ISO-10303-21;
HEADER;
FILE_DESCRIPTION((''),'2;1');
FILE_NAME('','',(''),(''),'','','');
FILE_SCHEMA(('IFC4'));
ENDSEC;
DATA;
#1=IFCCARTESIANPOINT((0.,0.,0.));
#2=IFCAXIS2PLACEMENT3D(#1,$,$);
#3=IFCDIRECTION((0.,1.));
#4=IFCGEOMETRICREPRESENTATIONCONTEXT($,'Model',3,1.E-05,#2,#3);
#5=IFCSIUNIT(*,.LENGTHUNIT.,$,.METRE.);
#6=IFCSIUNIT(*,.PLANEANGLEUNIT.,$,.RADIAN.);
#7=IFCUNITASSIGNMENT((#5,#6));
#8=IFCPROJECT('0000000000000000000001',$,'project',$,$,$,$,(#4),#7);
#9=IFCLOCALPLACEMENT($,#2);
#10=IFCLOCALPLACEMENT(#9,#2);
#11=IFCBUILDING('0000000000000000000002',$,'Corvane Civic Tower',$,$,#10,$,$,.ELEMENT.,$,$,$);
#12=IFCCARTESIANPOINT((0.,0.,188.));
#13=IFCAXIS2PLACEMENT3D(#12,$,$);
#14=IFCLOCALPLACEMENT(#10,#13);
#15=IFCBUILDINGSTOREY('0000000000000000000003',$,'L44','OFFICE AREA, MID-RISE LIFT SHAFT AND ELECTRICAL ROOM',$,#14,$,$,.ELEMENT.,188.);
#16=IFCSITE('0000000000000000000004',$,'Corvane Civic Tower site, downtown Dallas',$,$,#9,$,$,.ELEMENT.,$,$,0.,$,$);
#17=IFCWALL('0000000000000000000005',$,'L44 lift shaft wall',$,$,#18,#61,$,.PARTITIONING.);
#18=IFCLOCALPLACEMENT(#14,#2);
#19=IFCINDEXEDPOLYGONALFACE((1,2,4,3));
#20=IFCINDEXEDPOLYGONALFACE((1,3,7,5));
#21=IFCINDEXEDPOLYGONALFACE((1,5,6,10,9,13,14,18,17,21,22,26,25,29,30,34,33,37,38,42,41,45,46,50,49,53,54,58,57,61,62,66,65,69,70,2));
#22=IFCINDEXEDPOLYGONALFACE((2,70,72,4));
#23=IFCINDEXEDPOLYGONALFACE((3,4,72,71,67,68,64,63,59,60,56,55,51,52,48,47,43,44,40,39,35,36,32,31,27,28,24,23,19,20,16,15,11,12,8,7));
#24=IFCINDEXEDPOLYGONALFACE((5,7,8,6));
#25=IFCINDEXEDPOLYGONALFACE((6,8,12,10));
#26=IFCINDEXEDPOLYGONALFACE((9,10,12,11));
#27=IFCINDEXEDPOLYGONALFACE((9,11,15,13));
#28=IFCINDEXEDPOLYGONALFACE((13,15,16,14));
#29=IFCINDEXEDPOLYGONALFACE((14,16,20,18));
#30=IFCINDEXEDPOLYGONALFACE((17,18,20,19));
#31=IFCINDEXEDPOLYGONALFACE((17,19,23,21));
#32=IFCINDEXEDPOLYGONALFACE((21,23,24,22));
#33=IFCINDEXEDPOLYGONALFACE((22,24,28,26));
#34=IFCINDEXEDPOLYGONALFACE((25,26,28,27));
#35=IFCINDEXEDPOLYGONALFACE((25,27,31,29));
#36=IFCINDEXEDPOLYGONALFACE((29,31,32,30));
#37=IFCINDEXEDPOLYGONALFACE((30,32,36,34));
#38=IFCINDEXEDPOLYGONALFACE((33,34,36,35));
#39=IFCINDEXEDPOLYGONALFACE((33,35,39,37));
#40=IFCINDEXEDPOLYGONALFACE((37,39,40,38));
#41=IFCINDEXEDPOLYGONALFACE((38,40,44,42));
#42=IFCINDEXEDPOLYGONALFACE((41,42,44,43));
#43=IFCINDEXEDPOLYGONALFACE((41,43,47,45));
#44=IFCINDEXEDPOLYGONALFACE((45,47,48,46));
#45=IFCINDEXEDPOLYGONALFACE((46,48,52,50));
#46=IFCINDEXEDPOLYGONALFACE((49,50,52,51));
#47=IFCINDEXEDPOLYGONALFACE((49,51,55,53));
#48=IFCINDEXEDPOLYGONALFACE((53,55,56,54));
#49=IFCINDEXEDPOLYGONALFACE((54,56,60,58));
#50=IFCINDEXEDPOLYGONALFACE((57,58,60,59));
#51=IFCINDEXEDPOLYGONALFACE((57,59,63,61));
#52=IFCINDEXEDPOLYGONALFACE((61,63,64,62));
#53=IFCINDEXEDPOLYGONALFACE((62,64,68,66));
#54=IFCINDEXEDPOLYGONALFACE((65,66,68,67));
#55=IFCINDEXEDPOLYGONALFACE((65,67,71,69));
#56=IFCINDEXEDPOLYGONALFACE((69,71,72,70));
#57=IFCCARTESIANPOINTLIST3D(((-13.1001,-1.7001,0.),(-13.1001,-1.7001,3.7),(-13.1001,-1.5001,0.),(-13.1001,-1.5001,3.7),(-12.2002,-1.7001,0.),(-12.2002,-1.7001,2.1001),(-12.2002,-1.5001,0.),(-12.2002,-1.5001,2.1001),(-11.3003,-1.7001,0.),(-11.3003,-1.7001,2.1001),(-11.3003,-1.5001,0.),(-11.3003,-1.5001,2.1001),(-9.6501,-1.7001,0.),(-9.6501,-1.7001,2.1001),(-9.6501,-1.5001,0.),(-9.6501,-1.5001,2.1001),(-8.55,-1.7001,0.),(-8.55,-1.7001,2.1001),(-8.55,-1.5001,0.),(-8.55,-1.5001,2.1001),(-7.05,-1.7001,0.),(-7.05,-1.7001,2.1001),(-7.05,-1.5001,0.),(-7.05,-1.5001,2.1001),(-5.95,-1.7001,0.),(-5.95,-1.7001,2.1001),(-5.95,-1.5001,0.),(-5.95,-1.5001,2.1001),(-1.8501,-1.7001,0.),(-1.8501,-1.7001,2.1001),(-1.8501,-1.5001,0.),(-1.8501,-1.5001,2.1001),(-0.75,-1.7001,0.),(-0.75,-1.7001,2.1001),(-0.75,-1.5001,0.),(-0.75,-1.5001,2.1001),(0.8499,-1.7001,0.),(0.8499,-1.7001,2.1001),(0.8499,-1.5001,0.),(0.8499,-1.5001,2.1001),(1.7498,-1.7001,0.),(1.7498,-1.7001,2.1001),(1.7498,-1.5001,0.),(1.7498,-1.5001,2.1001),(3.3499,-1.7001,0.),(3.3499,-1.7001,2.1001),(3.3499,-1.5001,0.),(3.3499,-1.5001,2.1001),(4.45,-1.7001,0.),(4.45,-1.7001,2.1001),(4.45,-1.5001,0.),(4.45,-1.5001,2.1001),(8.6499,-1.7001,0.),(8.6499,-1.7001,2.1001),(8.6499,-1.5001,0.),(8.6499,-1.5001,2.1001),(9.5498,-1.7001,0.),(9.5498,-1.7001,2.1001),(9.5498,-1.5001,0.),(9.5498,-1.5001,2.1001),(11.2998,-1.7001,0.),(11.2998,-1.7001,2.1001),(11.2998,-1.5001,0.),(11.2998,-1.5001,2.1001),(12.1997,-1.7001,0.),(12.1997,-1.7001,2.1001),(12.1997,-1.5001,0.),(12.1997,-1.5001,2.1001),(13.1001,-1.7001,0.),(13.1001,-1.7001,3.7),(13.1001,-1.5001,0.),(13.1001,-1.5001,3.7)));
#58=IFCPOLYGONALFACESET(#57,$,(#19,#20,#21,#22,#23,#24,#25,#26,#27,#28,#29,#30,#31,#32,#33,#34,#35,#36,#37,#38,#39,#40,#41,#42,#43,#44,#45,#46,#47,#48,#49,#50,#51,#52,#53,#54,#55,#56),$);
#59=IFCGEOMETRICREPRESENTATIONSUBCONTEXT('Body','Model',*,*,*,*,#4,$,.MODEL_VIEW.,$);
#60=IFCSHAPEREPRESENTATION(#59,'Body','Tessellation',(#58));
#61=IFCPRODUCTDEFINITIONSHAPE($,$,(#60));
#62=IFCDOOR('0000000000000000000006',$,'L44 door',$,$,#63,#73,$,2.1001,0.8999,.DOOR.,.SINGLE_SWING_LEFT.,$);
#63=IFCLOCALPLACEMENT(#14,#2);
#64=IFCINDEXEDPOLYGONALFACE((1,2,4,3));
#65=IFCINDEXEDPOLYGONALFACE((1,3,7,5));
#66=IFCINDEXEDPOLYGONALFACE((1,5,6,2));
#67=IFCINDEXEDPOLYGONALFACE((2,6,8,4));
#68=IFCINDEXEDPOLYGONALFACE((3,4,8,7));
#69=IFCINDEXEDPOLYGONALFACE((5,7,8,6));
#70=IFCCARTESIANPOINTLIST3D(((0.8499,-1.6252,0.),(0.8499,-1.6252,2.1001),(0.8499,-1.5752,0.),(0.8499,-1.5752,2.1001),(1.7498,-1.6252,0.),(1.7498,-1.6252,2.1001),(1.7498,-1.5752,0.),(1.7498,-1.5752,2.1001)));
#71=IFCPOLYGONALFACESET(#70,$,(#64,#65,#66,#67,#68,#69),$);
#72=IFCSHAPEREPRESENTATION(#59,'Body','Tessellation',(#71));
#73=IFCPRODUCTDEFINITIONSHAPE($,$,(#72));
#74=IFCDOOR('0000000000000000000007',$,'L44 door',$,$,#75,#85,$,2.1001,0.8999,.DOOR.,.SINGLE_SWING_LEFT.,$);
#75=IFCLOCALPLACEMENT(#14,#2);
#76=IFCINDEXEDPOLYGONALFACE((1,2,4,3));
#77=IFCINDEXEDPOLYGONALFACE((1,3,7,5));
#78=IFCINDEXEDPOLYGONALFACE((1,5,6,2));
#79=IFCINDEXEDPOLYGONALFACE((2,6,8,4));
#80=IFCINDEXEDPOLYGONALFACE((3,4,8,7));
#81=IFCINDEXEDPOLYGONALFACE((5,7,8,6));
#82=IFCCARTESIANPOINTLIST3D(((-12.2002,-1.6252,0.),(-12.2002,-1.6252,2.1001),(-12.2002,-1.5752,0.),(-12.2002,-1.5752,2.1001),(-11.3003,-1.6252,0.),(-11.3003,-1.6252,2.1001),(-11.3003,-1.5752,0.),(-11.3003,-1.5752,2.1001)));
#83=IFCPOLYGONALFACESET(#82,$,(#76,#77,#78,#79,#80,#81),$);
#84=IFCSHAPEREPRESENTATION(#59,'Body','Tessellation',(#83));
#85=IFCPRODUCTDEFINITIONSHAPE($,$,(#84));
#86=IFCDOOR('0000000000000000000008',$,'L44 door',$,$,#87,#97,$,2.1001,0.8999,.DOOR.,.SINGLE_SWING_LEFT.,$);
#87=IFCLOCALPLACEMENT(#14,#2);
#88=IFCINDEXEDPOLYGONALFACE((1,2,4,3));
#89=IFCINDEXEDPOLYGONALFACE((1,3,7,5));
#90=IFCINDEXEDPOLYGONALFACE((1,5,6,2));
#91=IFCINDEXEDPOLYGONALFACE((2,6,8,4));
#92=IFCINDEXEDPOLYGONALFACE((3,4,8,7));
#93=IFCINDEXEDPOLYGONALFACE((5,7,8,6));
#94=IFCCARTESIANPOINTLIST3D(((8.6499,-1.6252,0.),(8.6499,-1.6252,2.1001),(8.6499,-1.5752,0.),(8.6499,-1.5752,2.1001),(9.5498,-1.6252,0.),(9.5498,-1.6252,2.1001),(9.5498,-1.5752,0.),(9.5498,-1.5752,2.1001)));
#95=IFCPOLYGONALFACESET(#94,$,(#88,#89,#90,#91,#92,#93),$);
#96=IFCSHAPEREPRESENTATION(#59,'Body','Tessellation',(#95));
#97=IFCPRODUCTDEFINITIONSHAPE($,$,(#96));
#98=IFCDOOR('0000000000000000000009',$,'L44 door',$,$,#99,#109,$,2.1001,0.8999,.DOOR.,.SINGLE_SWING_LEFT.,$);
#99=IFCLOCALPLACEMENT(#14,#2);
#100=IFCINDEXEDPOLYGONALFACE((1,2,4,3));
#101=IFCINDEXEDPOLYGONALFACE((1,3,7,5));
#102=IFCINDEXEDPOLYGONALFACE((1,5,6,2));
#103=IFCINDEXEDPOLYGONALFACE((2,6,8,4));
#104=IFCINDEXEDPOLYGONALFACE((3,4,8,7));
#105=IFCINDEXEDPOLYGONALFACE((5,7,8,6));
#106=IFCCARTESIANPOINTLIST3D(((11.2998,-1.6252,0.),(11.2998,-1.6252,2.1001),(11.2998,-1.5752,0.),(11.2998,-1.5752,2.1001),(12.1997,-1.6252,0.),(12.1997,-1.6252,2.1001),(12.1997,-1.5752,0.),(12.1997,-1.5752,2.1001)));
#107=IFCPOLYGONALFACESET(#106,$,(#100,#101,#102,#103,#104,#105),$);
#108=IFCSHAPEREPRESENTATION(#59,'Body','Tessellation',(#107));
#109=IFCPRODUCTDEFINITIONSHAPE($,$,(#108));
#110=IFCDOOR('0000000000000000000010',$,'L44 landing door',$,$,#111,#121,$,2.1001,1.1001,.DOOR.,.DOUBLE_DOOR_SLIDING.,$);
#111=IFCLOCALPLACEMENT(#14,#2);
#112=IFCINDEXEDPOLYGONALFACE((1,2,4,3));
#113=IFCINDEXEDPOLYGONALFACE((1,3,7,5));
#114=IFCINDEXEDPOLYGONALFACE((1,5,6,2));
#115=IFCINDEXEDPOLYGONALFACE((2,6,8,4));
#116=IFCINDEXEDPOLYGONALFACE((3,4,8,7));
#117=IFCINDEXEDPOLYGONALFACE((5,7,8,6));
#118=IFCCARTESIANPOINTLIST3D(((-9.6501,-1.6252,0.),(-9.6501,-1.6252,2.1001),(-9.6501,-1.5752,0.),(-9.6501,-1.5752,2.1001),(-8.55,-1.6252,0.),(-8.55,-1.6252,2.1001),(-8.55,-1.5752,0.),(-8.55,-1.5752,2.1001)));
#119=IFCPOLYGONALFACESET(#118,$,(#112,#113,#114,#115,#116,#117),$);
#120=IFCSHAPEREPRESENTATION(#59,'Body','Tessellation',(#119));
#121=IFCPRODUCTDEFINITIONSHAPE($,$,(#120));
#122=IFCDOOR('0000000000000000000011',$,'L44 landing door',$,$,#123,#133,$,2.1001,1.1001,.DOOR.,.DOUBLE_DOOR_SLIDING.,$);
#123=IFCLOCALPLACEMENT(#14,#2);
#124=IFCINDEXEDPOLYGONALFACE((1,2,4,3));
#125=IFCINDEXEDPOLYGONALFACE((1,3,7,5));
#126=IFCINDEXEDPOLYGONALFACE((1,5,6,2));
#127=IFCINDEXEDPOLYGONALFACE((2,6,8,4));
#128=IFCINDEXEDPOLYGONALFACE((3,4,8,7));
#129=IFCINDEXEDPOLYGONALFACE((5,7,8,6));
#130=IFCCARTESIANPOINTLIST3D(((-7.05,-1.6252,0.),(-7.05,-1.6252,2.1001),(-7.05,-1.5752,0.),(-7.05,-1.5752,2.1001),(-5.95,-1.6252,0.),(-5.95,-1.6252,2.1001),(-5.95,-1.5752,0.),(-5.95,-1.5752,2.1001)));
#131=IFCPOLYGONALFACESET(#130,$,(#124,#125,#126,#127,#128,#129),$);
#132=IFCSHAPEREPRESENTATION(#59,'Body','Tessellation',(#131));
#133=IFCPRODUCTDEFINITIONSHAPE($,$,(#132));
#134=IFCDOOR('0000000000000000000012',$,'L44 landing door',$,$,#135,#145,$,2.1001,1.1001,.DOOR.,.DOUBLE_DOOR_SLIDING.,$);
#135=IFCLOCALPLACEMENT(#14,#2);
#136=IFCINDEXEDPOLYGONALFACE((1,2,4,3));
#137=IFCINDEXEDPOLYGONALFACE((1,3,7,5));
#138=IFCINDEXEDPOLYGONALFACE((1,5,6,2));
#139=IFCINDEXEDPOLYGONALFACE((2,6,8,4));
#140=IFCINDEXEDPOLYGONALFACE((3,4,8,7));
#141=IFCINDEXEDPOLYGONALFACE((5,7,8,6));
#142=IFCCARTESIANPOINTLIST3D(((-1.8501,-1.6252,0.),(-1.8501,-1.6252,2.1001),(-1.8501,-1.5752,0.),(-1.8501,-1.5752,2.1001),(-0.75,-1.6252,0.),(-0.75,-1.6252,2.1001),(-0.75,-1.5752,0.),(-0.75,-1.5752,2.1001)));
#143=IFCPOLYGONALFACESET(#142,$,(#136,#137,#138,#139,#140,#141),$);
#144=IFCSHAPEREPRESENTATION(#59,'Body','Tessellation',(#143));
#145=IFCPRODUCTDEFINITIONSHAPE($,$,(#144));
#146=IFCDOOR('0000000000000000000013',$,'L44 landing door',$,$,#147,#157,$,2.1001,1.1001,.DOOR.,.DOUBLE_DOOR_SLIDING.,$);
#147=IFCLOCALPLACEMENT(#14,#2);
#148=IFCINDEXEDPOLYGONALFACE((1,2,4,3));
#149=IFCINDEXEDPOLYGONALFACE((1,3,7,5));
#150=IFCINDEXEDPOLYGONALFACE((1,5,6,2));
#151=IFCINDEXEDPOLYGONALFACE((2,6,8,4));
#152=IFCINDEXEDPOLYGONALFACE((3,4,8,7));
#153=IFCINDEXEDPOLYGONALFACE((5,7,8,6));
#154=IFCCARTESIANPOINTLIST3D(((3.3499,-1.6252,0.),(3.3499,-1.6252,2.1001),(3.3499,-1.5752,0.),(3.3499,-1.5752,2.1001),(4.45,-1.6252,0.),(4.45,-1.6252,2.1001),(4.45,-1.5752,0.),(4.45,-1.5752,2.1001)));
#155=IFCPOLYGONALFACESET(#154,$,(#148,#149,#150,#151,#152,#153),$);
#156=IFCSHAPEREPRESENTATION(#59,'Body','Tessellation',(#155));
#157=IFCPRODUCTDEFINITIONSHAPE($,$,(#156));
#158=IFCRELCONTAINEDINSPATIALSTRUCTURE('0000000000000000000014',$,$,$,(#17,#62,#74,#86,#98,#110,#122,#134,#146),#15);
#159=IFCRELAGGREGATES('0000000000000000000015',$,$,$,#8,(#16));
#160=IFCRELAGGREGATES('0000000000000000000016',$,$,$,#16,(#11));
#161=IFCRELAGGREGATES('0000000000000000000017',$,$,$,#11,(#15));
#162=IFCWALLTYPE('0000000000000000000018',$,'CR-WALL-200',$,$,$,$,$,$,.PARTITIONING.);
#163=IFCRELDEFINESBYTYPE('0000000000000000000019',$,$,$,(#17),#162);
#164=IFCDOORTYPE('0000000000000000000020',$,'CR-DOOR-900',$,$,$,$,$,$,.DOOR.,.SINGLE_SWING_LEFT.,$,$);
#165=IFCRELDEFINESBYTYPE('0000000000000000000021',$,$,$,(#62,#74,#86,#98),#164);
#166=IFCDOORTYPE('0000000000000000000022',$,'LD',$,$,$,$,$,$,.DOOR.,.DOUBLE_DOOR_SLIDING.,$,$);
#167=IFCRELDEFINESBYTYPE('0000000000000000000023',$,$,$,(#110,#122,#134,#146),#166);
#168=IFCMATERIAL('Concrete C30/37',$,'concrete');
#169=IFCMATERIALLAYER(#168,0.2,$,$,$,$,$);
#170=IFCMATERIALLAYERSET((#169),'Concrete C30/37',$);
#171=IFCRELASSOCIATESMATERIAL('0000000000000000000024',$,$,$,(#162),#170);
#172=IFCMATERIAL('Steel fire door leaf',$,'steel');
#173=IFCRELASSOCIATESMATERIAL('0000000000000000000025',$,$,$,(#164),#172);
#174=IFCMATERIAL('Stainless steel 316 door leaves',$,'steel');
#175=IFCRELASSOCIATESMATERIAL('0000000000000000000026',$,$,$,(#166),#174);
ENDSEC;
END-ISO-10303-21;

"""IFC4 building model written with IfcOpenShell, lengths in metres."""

from ifc_helpers import new_model, si_unit, direction, frame, frame_2d, origin, place, context, subcontext, project, spatial, rectangle, extrude, material, layer, layer_set, type_object, element, fill, save


model = new_model("IFC4")

# Units and contexts
model_context = context("Model", 3, precision=1e-05, world=origin(), true_north=direction((0.0, 1.0)))
body_context = subcontext(model_context, "Body", "Model", "MODEL_VIEW")
ifc_project = project(units=[si_unit("LENGTHUNIT", "METRE"), si_unit("PLANEANGLEUNIT", "RADIAN")], contexts=[model_context])

# Site, building, storey
site_placement = place(None, origin())
site = spatial("IfcSite", under=ifc_project, at=site_placement, Name="Corvane Civic Tower site, downtown Dallas", CompositionType="ELEMENT", RefElevation=0.0)
building_placement = place(site_placement, origin())
building = spatial("IfcBuilding", under=site, at=building_placement, Name="Corvane Civic Tower", CompositionType="ELEMENT")
storey_placement = place(building_placement, frame((0.0, 0.0, 188.0)))
storey = spatial("IfcBuildingStorey", under=building, at=storey_placement, Name="L44", Description="OFFICE AREA, MID-RISE LIFT SHAFT AND ELECTRICAL ROOM", CompositionType="ELEMENT", Elevation=188.0)

# Shared definitions
ifc_material_1 = material(Name="Concrete C30/37", Category="concrete")
ifc_layer_1 = layer(ifc_material_1, 0.2)
ifc_layer_set_1 = layer_set([ifc_layer_1], Name="Concrete C30/37")
wall_type_1 = type_object("IfcWallType", Name="CR-WALL-200", PredefinedType="PARTITIONING", material=ifc_layer_set_1)
ifc_material_2 = material(Name="Steel fire door leaf", Category="steel")
door_type_1 = type_object("IfcDoorType", Name="CR-DOOR-900", OperationType="SINGLE_SWING_LEFT", PredefinedType="DOOR", material=ifc_material_2)

# Wall, openings, doors
wall_1_placement = place(storey_placement, frame((-13.1001, -1.6001, 0.0), z_axis=(0.0, 0.0, 1.0), x_axis=(1.0, 0.0, 0.0)))
wall_1 = element("IfcWall", 1, at=wall_1_placement, inside=storey, type_object=wall_type_1, Name="L44 lift shaft wall", PredefinedType="PARTITIONING", context=body_context, shape_type="SweptSolid", body=[
    extrude(rectangle(XDim=26.2002, YDim=0.2, at=frame_2d((13.1001, 0.0))), origin(), (0.0, 0.0, 1.0), 3.7),
])
opening_1_placement = place(wall_1_placement, frame((3.45, 0.0, 0.0)))
opening_1 = element("IfcOpeningElement", 2, at=opening_1_placement, cuts=wall_1, PredefinedType="OPENING", context=body_context, shape_type="SweptSolid", body=[
    extrude(rectangle(XDim=1.1001, YDim=2.1001, at=frame_2d((0.55, 1.05))), frame((0.0, 0.1099, 0.0), z_axis=(0.0, -1.0, 0.0), x_axis=(1.0, 0.0, 0.0)), (0.0, 0.0, 1.0), 0.22),
])
opening_2_placement = place(wall_1_placement, frame((6.05, 0.0, 0.0)))
opening_2 = element("IfcOpeningElement", 3, at=opening_2_placement, cuts=wall_1, PredefinedType="OPENING", context=body_context, shape_type="SweptSolid", body=[
    extrude(rectangle(XDim=1.1001, YDim=2.1001, at=frame_2d((0.55, 1.05))), frame((0.0, 0.1099, 0.0), z_axis=(0.0, -1.0, 0.0), x_axis=(1.0, 0.0, 0.0)), (0.0, 0.0, 1.0), 0.22),
])
opening_3_placement = place(wall_1_placement, frame((11.25, 0.0, 0.0)))
opening_3 = element("IfcOpeningElement", 4, at=opening_3_placement, cuts=wall_1, PredefinedType="OPENING", context=body_context, shape_type="SweptSolid", body=[
    extrude(rectangle(XDim=1.1001, YDim=2.1001, at=frame_2d((0.55, 1.05))), frame((0.0, 0.1099, 0.0), z_axis=(0.0, -1.0, 0.0), x_axis=(1.0, 0.0, 0.0)), (0.0, 0.0, 1.0), 0.22),
])
opening_4_placement = place(wall_1_placement, frame((13.95, 0.0, 0.0)))
opening_4 = element("IfcOpeningElement", 5, at=opening_4_placement, cuts=wall_1, PredefinedType="OPENING", context=body_context, shape_type="SweptSolid", body=[
    extrude(rectangle(XDim=0.8999, YDim=2.1001, at=frame_2d((0.45, 1.05))), frame((0.0, 0.1099, 0.0), z_axis=(0.0, -1.0, 0.0), x_axis=(1.0, 0.0, 0.0)), (0.0, 0.0, 1.0), 0.22),
])
opening_5_placement = place(wall_1_placement, frame((16.45, 0.0, 0.0)))
opening_5 = element("IfcOpeningElement", 6, at=opening_5_placement, cuts=wall_1, PredefinedType="OPENING", context=body_context, shape_type="SweptSolid", body=[
    extrude(rectangle(XDim=1.1001, YDim=2.1001, at=frame_2d((0.55, 1.05))), frame((0.0, 0.1099, 0.0), z_axis=(0.0, -1.0, 0.0), x_axis=(1.0, 0.0, 0.0)), (0.0, 0.0, 1.0), 0.22),
])
opening_6_placement = place(wall_1_placement, frame((0.8999, 0.0, 0.0)))
opening_6 = element("IfcOpeningElement", 7, at=opening_6_placement, cuts=wall_1, PredefinedType="OPENING", context=body_context, shape_type="SweptSolid", body=[
    extrude(rectangle(XDim=0.8999, YDim=2.1001, at=frame_2d((0.45, 1.05))), frame((0.0, 0.1099, 0.0), z_axis=(0.0, -1.0, 0.0), x_axis=(1.0, 0.0, 0.0)), (0.0, 0.0, 1.0), 0.22),
])
opening_7_placement = place(wall_1_placement, frame((21.75, 0.0, 0.0)))
opening_7 = element("IfcOpeningElement", 8, at=opening_7_placement, cuts=wall_1, PredefinedType="OPENING", context=body_context, shape_type="SweptSolid", body=[
    extrude(rectangle(XDim=0.8999, YDim=2.1001, at=frame_2d((0.45, 1.05))), frame((0.0, 0.1099, 0.0), z_axis=(0.0, -1.0, 0.0), x_axis=(1.0, 0.0, 0.0)), (0.0, 0.0, 1.0), 0.22),
])
opening_8_placement = place(wall_1_placement, frame((24.3999, 0.0, 0.0)))
opening_8 = element("IfcOpeningElement", 9, at=opening_8_placement, cuts=wall_1, PredefinedType="OPENING", context=body_context, shape_type="SweptSolid", body=[
    extrude(rectangle(XDim=0.8999, YDim=2.1001, at=frame_2d((0.45, 1.05))), frame((0.0, 0.1099, 0.0), z_axis=(0.0, -1.0, 0.0), x_axis=(1.0, 0.0, 0.0)), (0.0, 0.0, 1.0), 0.22),
])
door_1_placement = place(opening_4_placement, origin())
door_1 = element("IfcDoor", 10, at=door_1_placement, inside=storey, type_object=door_type_1, Name="L44 door", OperationType="SINGLE_SWING_LEFT", OverallHeight=2.1001, OverallWidth=0.8999, PredefinedType="DOOR", context=body_context, shape_type="SweptSolid", body=[
    extrude(rectangle(XDim=0.8999, YDim=2.1001, at=frame_2d((0.45, 1.05))), frame((0.0, 0.0249, 0.0), z_axis=(0.0, -1.0, 0.0), x_axis=(1.0, 0.0, 0.0)), (0.0, 0.0, 1.0), 0.05),
])
fill(opening_4, door_1)
door_2_placement = place(opening_6_placement, origin())
door_2 = element("IfcDoor", 11, at=door_2_placement, inside=storey, type_object=door_type_1, Name="L44 door", OperationType="SINGLE_SWING_LEFT", OverallHeight=2.1001, OverallWidth=0.8999, PredefinedType="DOOR", context=body_context, shape_type="SweptSolid", body=[
    extrude(rectangle(XDim=0.8999, YDim=2.1001, at=frame_2d((0.45, 1.05))), frame((0.0, 0.0249, 0.0), z_axis=(0.0, -1.0, 0.0), x_axis=(1.0, 0.0, 0.0)), (0.0, 0.0, 1.0), 0.05),
])
fill(opening_6, door_2)
door_3_placement = place(opening_7_placement, origin())
door_3 = element("IfcDoor", 12, at=door_3_placement, inside=storey, type_object=door_type_1, Name="L44 door", OperationType="SINGLE_SWING_LEFT", OverallHeight=2.1001, OverallWidth=0.8999, PredefinedType="DOOR", context=body_context, shape_type="SweptSolid", body=[
    extrude(rectangle(XDim=0.8999, YDim=2.1001, at=frame_2d((0.45, 1.05))), frame((0.0, 0.0249, 0.0), z_axis=(0.0, -1.0, 0.0), x_axis=(1.0, 0.0, 0.0)), (0.0, 0.0, 1.0), 0.05),
])
fill(opening_7, door_3)
door_4_placement = place(opening_8_placement, origin())
door_4 = element("IfcDoor", 13, at=door_4_placement, inside=storey, type_object=door_type_1, Name="L44 door", OperationType="SINGLE_SWING_LEFT", OverallHeight=2.1001, OverallWidth=0.8999, PredefinedType="DOOR", context=body_context, shape_type="SweptSolid", body=[
    extrude(rectangle(XDim=0.8999, YDim=2.1001, at=frame_2d((0.45, 1.05))), frame((0.0, 0.0249, 0.0), z_axis=(0.0, -1.0, 0.0), x_axis=(1.0, 0.0, 0.0)), (0.0, 0.0, 1.0), 0.05),
])
fill(opening_8, door_4)
ifc_material_3 = material(Name="Stainless steel 316 door leaves", Category="steel")
door_type_2 = type_object("IfcDoorType", Name="LD", OperationType="DOUBLE_DOOR_SLIDING", PredefinedType="DOOR", material=ifc_material_3)
door_5_placement = place(opening_1_placement, origin())
door_5 = element("IfcDoor", 14, at=door_5_placement, inside=storey, type_object=door_type_2, Name="L44 landing door", OperationType="DOUBLE_DOOR_SLIDING", OverallHeight=2.1001, OverallWidth=1.1001, PredefinedType="DOOR", context=body_context, shape_type="SweptSolid", body=[
    extrude(rectangle(XDim=1.1001, YDim=2.1001, at=frame_2d((0.55, 1.05))), frame((0.0, 0.0249, 0.0), z_axis=(0.0, -1.0, 0.0), x_axis=(1.0, 0.0, 0.0)), (0.0, 0.0, 1.0), 0.05),
])
fill(opening_1, door_5)
door_6_placement = place(opening_2_placement, origin())
door_6 = element("IfcDoor", 15, at=door_6_placement, inside=storey, type_object=door_type_2, Name="L44 landing door", OperationType="DOUBLE_DOOR_SLIDING", OverallHeight=2.1001, OverallWidth=1.1001, PredefinedType="DOOR", context=body_context, shape_type="SweptSolid", body=[
    extrude(rectangle(XDim=1.1001, YDim=2.1001, at=frame_2d((0.55, 1.05))), frame((0.0, 0.0249, 0.0), z_axis=(0.0, -1.0, 0.0), x_axis=(1.0, 0.0, 0.0)), (0.0, 0.0, 1.0), 0.05),
])
fill(opening_2, door_6)
door_7_placement = place(opening_3_placement, origin())
door_7 = element("IfcDoor", 16, at=door_7_placement, inside=storey, type_object=door_type_2, Name="L44 landing door", OperationType="DOUBLE_DOOR_SLIDING", OverallHeight=2.1001, OverallWidth=1.1001, PredefinedType="DOOR", context=body_context, shape_type="SweptSolid", body=[
    extrude(rectangle(XDim=1.1001, YDim=2.1001, at=frame_2d((0.55, 1.05))), frame((0.0, 0.0249, 0.0), z_axis=(0.0, -1.0, 0.0), x_axis=(1.0, 0.0, 0.0)), (0.0, 0.0, 1.0), 0.05),
])
fill(opening_3, door_7)
door_8_placement = place(opening_5_placement, origin())
door_8 = element("IfcDoor", 17, at=door_8_placement, inside=storey, type_object=door_type_2, Name="L44 landing door", OperationType="DOUBLE_DOOR_SLIDING", OverallHeight=2.1001, OverallWidth=1.1001, PredefinedType="DOOR", context=body_context, shape_type="SweptSolid", body=[
    extrude(rectangle(XDim=1.1001, YDim=2.1001, at=frame_2d((0.55, 1.05))), frame((0.0, 0.0249, 0.0), z_axis=(0.0, -1.0, 0.0), x_axis=(1.0, 0.0, 0.0)), (0.0, 0.0, 1.0), 0.05),
])
fill(opening_5, door_8)

save(model, "model.ifc")
